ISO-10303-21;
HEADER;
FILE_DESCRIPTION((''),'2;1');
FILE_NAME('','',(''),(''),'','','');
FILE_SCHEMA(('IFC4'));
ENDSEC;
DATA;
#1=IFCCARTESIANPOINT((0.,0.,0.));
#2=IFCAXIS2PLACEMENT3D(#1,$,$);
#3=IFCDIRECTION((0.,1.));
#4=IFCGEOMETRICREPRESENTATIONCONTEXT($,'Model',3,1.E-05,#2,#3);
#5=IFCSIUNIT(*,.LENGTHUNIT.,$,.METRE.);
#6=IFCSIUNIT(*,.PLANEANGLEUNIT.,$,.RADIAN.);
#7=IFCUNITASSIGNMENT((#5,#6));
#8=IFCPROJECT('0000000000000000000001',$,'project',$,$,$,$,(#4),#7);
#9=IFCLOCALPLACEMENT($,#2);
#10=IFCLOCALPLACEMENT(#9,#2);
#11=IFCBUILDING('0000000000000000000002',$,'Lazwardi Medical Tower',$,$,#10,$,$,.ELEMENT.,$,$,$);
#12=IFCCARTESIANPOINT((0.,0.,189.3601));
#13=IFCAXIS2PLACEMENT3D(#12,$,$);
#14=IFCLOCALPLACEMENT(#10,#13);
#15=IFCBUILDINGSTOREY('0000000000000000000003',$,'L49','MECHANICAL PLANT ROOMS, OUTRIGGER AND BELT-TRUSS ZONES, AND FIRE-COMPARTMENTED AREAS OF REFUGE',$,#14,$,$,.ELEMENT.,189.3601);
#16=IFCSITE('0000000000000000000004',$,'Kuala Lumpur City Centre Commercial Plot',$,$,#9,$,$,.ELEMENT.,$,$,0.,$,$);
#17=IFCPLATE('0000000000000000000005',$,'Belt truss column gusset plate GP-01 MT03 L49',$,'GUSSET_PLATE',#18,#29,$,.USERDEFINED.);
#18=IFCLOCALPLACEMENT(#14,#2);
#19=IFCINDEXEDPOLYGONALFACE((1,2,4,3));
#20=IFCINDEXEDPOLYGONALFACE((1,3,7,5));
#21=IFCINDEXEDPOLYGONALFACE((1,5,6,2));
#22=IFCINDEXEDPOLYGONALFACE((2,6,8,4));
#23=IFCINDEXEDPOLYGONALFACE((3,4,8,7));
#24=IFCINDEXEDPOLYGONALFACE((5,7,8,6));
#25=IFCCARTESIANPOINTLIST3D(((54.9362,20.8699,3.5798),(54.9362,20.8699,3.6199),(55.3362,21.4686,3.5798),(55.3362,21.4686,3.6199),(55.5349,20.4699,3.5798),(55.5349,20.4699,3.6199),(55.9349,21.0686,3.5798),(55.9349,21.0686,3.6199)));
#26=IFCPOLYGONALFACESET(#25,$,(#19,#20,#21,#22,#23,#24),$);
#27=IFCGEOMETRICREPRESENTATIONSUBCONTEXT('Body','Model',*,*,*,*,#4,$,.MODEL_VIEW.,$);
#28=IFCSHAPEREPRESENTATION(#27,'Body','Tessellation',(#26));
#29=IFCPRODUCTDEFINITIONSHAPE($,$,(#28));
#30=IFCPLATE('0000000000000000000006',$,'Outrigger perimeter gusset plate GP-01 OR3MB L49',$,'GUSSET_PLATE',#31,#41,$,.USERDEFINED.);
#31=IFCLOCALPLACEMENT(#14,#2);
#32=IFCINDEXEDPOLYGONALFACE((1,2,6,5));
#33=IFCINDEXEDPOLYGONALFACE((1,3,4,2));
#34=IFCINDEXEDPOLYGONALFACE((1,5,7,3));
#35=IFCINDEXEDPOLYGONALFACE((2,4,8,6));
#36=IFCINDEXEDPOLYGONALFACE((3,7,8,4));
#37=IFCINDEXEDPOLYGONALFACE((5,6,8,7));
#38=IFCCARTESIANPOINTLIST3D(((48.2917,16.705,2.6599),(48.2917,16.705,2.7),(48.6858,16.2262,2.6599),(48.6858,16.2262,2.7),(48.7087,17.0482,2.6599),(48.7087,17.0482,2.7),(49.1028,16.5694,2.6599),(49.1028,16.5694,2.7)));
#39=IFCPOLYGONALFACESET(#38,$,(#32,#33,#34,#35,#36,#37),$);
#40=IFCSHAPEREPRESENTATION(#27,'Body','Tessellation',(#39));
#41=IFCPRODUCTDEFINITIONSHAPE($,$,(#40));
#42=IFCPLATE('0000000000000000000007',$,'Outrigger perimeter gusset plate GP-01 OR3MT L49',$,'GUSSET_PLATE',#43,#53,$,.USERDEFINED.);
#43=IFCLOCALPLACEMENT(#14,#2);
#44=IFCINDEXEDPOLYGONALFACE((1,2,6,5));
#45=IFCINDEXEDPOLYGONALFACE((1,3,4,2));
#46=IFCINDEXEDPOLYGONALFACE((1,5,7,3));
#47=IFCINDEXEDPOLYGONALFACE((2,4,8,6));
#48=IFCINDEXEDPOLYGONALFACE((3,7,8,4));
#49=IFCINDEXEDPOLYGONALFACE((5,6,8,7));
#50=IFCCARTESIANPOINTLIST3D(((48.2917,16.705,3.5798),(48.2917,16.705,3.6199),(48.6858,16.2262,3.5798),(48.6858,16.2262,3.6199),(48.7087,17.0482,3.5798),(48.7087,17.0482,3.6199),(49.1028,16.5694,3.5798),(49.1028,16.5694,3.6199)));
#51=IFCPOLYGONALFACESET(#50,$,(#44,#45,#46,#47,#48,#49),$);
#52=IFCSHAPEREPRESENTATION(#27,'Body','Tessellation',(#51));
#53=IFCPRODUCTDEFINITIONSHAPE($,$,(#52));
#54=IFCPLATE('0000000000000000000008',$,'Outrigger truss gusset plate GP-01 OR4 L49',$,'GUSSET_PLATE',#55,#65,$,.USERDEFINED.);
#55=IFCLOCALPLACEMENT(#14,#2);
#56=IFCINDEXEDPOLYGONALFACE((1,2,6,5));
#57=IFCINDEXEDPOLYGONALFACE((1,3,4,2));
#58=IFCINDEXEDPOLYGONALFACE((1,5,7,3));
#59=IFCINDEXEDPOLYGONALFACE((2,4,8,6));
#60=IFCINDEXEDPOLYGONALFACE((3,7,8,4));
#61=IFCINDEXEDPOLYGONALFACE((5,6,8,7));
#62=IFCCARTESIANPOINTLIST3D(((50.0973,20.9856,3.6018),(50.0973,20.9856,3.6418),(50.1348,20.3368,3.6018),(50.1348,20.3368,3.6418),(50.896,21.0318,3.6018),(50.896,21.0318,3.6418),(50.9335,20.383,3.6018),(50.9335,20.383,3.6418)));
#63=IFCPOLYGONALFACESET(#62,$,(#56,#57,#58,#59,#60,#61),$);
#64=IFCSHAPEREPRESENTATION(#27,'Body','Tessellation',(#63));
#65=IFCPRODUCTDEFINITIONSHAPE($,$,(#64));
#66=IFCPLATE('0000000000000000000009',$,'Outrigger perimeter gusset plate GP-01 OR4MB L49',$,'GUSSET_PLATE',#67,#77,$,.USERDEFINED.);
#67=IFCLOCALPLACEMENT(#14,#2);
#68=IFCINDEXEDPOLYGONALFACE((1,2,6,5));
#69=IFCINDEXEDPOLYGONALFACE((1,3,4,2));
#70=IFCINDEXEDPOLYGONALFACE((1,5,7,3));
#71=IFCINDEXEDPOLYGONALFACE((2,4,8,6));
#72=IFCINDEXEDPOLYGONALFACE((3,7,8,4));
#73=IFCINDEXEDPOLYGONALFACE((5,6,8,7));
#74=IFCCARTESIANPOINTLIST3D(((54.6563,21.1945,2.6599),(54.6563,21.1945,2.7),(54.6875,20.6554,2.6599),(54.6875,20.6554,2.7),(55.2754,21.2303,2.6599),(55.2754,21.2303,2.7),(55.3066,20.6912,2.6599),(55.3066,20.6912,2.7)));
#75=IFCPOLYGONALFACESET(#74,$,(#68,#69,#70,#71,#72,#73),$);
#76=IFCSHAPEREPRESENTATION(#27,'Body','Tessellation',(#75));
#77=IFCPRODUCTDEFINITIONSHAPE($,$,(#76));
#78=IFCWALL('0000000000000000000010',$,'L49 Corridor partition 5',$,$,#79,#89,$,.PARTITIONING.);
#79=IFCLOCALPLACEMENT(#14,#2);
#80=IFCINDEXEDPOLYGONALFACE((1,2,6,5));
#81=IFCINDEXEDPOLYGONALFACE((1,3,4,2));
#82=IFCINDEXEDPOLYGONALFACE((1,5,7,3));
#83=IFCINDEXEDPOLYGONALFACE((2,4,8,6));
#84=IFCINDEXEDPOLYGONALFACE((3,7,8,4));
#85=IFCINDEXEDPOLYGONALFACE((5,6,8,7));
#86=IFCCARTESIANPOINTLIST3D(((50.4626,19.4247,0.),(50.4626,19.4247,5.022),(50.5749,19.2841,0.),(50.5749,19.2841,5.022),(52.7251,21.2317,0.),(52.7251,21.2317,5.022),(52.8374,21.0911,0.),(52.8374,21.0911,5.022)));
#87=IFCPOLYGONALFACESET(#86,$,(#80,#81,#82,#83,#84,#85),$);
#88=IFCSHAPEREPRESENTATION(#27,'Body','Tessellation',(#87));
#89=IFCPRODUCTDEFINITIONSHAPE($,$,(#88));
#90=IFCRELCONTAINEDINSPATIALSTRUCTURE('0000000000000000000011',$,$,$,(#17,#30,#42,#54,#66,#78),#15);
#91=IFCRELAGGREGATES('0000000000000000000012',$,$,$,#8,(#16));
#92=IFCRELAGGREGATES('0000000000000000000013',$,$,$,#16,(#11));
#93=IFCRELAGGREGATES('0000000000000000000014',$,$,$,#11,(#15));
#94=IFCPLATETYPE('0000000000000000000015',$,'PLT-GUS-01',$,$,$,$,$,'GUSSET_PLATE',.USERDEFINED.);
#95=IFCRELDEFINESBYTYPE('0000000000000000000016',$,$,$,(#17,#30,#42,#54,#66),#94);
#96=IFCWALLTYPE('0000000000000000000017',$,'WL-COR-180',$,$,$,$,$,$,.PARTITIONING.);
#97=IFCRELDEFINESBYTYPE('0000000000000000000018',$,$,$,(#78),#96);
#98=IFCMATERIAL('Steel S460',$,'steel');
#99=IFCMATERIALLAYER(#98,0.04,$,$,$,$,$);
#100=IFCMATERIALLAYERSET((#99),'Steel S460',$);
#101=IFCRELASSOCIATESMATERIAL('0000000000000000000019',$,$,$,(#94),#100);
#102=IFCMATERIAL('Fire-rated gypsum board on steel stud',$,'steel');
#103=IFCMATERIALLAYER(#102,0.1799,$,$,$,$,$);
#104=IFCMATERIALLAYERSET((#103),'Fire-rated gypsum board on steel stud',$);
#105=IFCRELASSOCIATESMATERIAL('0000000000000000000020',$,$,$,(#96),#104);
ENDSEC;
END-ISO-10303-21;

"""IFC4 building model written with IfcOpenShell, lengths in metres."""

from ifc_helpers import new_model, si_unit, direction, frame, frame_2d, origin, origin_2d, place, context, subcontext, project, spatial, rectangle, extrude, material, layer, layer_set, type_object, element, save


model = new_model("IFC4")

# Units and contexts
model_context = context("Model", 3, precision=1e-05, world=origin(), true_north=direction((0.0, 1.0)))
body_context = subcontext(model_context, "Body", "Model", "MODEL_VIEW")
ifc_project = project(units=[si_unit("LENGTHUNIT", "METRE"), si_unit("PLANEANGLEUNIT", "RADIAN")], contexts=[model_context])

# Site, building, storey
site_placement = place(None, origin())
site = spatial("IfcSite", under=ifc_project, at=site_placement, Name="Kuala Lumpur City Centre Commercial Plot", CompositionType="ELEMENT", RefElevation=0.0)
building_placement = place(site_placement, origin())
building = spatial("IfcBuilding", under=site, at=building_placement, Name="Lazwardi Medical Tower", CompositionType="ELEMENT")
storey_placement = place(building_placement, frame((0.0, 0.0, 189.3601)))
storey = spatial("IfcBuildingStorey", under=building, at=storey_placement, Name="L49", Description="MECHANICAL PLANT ROOMS, OUTRIGGER AND BELT-TRUSS ZONES, AND FIRE-COMPARTMENTED AREAS OF REFUGE", CompositionType="ELEMENT", Elevation=189.3601)

# Shared definitions
ifc_material_1 = material(Name="Steel S460", Category="steel")

# Plates
ifc_layer_1 = layer(ifc_material_1, 0.04)
ifc_layer_set_1 = layer_set([ifc_layer_1], Name="Steel S460")
plate_type = type_object("IfcPlateType", Name="PLT-GUS-01", ElementType="GUSSET_PLATE", PredefinedType="USERDEFINED", material=ifc_layer_set_1)
for number, where, z_axis, x_axis, name in (
    (1, (55.4355, 20.9692, 3.5798), (0.0, 0.0, 1.0), (0.83147, -0.55557, 0.0), "Belt truss column gusset plate GP-01 MT03 L49"),
):
    element("IfcPlate", number, at=place(storey_placement, frame(where, z_axis=z_axis, x_axis=x_axis)), inside=storey, type_object=plate_type, Name=name, ObjectType="GUSSET_PLATE", PredefinedType="USERDEFINED", context=body_context, shape_type="SweptSolid", body=[
        extrude(rectangle(XDim=0.72, YDim=0.72, at=origin_2d()), origin(), (0.0, 0.0, 1.0), 0.04),
    ])
for number, where, z_axis, x_axis, name in (
    (2, (48.6973, 16.6372, 2.6599), (0.0, 0.0, 1.0), (0.635539, -0.772068, 0.0), "Outrigger perimeter gusset plate GP-01 OR3MB L49"),
    (3, (48.6973, 16.6372, 3.5798), (0.0, 0.0, 1.0), (0.635539, -0.772068, 0.0), "Outrigger perimeter gusset plate GP-01 OR3MT L49"),
):
    element("IfcPlate", number, at=place(storey_placement, frame(where, z_axis=z_axis, x_axis=x_axis)), inside=storey, type_object=plate_type, Name=name, ObjectType="GUSSET_PLATE", PredefinedType="USERDEFINED", context=body_context, shape_type="SweptSolid", body=[
        extrude(rectangle(XDim=0.6201, YDim=0.54, at=origin_2d()), origin(), (0.0, 0.0, 1.0), 0.04),
    ])
plate_1_placement = place(storey_placement, frame((50.5154, 20.6843, 3.6018), z_axis=(0.0, 0.0, 1.0), x_axis=(0.998332, 0.057738, 0.0)))
element("IfcPlate", 4, at=plate_1_placement, inside=storey, type_object=plate_type, Name="Outrigger truss gusset plate GP-01 OR4 L49", ObjectType="GUSSET_PLATE", PredefinedType="USERDEFINED", context=body_context, shape_type="SweptSolid", body=[
    extrude(rectangle(XDim=0.8, YDim=0.6499, at=origin_2d()), origin(), (0.0, 0.0, 1.0), 0.04),
])
plate_2_placement = place(storey_placement, frame((54.9814, 20.9429, 2.6599), z_axis=(0.0, 0.0, 1.0), x_axis=(0.998332, 0.057738, 0.0)))
element("IfcPlate", 5, at=plate_2_placement, inside=storey, type_object=plate_type, Name="Outrigger perimeter gusset plate GP-01 OR4MB L49", ObjectType="GUSSET_PLATE", PredefinedType="USERDEFINED", context=body_context, shape_type="SweptSolid", body=[
    extrude(rectangle(XDim=0.6201, YDim=0.54, at=origin_2d()), origin(), (0.0, 0.0, 1.0), 0.04),
])

# Wall
ifc_material_2 = material(Name="Fire-rated gypsum board on steel stud", Category="steel")
ifc_layer_2 = layer(ifc_material_2, 0.1799)
ifc_layer_set_2 = layer_set([ifc_layer_2], Name="Fire-rated gypsum board on steel stud")
wall_type = type_object("IfcWallType", Name="WL-COR-180", PredefinedType="PARTITIONING", material=ifc_layer_set_2)
wall_placement = place(storey_placement, frame((52.7812, 21.1614, 0.0), z_axis=(0.0, 0.0, 1.0), x_axis=(-0.781387, -0.624047, 0.0)))
element("IfcWall", 6, at=wall_placement, inside=storey, type_object=wall_type, Name="L49 Corridor partition 5", PredefinedType="PARTITIONING", context=body_context, shape_type="SweptSolid", body=[
    extrude(rectangle(XDim=2.8955, YDim=0.1799, at=frame_2d((1.4478, 0.0))), origin(), (0.0, 0.0, 1.0), 5.022),
])

save(model, "model.ifc")
